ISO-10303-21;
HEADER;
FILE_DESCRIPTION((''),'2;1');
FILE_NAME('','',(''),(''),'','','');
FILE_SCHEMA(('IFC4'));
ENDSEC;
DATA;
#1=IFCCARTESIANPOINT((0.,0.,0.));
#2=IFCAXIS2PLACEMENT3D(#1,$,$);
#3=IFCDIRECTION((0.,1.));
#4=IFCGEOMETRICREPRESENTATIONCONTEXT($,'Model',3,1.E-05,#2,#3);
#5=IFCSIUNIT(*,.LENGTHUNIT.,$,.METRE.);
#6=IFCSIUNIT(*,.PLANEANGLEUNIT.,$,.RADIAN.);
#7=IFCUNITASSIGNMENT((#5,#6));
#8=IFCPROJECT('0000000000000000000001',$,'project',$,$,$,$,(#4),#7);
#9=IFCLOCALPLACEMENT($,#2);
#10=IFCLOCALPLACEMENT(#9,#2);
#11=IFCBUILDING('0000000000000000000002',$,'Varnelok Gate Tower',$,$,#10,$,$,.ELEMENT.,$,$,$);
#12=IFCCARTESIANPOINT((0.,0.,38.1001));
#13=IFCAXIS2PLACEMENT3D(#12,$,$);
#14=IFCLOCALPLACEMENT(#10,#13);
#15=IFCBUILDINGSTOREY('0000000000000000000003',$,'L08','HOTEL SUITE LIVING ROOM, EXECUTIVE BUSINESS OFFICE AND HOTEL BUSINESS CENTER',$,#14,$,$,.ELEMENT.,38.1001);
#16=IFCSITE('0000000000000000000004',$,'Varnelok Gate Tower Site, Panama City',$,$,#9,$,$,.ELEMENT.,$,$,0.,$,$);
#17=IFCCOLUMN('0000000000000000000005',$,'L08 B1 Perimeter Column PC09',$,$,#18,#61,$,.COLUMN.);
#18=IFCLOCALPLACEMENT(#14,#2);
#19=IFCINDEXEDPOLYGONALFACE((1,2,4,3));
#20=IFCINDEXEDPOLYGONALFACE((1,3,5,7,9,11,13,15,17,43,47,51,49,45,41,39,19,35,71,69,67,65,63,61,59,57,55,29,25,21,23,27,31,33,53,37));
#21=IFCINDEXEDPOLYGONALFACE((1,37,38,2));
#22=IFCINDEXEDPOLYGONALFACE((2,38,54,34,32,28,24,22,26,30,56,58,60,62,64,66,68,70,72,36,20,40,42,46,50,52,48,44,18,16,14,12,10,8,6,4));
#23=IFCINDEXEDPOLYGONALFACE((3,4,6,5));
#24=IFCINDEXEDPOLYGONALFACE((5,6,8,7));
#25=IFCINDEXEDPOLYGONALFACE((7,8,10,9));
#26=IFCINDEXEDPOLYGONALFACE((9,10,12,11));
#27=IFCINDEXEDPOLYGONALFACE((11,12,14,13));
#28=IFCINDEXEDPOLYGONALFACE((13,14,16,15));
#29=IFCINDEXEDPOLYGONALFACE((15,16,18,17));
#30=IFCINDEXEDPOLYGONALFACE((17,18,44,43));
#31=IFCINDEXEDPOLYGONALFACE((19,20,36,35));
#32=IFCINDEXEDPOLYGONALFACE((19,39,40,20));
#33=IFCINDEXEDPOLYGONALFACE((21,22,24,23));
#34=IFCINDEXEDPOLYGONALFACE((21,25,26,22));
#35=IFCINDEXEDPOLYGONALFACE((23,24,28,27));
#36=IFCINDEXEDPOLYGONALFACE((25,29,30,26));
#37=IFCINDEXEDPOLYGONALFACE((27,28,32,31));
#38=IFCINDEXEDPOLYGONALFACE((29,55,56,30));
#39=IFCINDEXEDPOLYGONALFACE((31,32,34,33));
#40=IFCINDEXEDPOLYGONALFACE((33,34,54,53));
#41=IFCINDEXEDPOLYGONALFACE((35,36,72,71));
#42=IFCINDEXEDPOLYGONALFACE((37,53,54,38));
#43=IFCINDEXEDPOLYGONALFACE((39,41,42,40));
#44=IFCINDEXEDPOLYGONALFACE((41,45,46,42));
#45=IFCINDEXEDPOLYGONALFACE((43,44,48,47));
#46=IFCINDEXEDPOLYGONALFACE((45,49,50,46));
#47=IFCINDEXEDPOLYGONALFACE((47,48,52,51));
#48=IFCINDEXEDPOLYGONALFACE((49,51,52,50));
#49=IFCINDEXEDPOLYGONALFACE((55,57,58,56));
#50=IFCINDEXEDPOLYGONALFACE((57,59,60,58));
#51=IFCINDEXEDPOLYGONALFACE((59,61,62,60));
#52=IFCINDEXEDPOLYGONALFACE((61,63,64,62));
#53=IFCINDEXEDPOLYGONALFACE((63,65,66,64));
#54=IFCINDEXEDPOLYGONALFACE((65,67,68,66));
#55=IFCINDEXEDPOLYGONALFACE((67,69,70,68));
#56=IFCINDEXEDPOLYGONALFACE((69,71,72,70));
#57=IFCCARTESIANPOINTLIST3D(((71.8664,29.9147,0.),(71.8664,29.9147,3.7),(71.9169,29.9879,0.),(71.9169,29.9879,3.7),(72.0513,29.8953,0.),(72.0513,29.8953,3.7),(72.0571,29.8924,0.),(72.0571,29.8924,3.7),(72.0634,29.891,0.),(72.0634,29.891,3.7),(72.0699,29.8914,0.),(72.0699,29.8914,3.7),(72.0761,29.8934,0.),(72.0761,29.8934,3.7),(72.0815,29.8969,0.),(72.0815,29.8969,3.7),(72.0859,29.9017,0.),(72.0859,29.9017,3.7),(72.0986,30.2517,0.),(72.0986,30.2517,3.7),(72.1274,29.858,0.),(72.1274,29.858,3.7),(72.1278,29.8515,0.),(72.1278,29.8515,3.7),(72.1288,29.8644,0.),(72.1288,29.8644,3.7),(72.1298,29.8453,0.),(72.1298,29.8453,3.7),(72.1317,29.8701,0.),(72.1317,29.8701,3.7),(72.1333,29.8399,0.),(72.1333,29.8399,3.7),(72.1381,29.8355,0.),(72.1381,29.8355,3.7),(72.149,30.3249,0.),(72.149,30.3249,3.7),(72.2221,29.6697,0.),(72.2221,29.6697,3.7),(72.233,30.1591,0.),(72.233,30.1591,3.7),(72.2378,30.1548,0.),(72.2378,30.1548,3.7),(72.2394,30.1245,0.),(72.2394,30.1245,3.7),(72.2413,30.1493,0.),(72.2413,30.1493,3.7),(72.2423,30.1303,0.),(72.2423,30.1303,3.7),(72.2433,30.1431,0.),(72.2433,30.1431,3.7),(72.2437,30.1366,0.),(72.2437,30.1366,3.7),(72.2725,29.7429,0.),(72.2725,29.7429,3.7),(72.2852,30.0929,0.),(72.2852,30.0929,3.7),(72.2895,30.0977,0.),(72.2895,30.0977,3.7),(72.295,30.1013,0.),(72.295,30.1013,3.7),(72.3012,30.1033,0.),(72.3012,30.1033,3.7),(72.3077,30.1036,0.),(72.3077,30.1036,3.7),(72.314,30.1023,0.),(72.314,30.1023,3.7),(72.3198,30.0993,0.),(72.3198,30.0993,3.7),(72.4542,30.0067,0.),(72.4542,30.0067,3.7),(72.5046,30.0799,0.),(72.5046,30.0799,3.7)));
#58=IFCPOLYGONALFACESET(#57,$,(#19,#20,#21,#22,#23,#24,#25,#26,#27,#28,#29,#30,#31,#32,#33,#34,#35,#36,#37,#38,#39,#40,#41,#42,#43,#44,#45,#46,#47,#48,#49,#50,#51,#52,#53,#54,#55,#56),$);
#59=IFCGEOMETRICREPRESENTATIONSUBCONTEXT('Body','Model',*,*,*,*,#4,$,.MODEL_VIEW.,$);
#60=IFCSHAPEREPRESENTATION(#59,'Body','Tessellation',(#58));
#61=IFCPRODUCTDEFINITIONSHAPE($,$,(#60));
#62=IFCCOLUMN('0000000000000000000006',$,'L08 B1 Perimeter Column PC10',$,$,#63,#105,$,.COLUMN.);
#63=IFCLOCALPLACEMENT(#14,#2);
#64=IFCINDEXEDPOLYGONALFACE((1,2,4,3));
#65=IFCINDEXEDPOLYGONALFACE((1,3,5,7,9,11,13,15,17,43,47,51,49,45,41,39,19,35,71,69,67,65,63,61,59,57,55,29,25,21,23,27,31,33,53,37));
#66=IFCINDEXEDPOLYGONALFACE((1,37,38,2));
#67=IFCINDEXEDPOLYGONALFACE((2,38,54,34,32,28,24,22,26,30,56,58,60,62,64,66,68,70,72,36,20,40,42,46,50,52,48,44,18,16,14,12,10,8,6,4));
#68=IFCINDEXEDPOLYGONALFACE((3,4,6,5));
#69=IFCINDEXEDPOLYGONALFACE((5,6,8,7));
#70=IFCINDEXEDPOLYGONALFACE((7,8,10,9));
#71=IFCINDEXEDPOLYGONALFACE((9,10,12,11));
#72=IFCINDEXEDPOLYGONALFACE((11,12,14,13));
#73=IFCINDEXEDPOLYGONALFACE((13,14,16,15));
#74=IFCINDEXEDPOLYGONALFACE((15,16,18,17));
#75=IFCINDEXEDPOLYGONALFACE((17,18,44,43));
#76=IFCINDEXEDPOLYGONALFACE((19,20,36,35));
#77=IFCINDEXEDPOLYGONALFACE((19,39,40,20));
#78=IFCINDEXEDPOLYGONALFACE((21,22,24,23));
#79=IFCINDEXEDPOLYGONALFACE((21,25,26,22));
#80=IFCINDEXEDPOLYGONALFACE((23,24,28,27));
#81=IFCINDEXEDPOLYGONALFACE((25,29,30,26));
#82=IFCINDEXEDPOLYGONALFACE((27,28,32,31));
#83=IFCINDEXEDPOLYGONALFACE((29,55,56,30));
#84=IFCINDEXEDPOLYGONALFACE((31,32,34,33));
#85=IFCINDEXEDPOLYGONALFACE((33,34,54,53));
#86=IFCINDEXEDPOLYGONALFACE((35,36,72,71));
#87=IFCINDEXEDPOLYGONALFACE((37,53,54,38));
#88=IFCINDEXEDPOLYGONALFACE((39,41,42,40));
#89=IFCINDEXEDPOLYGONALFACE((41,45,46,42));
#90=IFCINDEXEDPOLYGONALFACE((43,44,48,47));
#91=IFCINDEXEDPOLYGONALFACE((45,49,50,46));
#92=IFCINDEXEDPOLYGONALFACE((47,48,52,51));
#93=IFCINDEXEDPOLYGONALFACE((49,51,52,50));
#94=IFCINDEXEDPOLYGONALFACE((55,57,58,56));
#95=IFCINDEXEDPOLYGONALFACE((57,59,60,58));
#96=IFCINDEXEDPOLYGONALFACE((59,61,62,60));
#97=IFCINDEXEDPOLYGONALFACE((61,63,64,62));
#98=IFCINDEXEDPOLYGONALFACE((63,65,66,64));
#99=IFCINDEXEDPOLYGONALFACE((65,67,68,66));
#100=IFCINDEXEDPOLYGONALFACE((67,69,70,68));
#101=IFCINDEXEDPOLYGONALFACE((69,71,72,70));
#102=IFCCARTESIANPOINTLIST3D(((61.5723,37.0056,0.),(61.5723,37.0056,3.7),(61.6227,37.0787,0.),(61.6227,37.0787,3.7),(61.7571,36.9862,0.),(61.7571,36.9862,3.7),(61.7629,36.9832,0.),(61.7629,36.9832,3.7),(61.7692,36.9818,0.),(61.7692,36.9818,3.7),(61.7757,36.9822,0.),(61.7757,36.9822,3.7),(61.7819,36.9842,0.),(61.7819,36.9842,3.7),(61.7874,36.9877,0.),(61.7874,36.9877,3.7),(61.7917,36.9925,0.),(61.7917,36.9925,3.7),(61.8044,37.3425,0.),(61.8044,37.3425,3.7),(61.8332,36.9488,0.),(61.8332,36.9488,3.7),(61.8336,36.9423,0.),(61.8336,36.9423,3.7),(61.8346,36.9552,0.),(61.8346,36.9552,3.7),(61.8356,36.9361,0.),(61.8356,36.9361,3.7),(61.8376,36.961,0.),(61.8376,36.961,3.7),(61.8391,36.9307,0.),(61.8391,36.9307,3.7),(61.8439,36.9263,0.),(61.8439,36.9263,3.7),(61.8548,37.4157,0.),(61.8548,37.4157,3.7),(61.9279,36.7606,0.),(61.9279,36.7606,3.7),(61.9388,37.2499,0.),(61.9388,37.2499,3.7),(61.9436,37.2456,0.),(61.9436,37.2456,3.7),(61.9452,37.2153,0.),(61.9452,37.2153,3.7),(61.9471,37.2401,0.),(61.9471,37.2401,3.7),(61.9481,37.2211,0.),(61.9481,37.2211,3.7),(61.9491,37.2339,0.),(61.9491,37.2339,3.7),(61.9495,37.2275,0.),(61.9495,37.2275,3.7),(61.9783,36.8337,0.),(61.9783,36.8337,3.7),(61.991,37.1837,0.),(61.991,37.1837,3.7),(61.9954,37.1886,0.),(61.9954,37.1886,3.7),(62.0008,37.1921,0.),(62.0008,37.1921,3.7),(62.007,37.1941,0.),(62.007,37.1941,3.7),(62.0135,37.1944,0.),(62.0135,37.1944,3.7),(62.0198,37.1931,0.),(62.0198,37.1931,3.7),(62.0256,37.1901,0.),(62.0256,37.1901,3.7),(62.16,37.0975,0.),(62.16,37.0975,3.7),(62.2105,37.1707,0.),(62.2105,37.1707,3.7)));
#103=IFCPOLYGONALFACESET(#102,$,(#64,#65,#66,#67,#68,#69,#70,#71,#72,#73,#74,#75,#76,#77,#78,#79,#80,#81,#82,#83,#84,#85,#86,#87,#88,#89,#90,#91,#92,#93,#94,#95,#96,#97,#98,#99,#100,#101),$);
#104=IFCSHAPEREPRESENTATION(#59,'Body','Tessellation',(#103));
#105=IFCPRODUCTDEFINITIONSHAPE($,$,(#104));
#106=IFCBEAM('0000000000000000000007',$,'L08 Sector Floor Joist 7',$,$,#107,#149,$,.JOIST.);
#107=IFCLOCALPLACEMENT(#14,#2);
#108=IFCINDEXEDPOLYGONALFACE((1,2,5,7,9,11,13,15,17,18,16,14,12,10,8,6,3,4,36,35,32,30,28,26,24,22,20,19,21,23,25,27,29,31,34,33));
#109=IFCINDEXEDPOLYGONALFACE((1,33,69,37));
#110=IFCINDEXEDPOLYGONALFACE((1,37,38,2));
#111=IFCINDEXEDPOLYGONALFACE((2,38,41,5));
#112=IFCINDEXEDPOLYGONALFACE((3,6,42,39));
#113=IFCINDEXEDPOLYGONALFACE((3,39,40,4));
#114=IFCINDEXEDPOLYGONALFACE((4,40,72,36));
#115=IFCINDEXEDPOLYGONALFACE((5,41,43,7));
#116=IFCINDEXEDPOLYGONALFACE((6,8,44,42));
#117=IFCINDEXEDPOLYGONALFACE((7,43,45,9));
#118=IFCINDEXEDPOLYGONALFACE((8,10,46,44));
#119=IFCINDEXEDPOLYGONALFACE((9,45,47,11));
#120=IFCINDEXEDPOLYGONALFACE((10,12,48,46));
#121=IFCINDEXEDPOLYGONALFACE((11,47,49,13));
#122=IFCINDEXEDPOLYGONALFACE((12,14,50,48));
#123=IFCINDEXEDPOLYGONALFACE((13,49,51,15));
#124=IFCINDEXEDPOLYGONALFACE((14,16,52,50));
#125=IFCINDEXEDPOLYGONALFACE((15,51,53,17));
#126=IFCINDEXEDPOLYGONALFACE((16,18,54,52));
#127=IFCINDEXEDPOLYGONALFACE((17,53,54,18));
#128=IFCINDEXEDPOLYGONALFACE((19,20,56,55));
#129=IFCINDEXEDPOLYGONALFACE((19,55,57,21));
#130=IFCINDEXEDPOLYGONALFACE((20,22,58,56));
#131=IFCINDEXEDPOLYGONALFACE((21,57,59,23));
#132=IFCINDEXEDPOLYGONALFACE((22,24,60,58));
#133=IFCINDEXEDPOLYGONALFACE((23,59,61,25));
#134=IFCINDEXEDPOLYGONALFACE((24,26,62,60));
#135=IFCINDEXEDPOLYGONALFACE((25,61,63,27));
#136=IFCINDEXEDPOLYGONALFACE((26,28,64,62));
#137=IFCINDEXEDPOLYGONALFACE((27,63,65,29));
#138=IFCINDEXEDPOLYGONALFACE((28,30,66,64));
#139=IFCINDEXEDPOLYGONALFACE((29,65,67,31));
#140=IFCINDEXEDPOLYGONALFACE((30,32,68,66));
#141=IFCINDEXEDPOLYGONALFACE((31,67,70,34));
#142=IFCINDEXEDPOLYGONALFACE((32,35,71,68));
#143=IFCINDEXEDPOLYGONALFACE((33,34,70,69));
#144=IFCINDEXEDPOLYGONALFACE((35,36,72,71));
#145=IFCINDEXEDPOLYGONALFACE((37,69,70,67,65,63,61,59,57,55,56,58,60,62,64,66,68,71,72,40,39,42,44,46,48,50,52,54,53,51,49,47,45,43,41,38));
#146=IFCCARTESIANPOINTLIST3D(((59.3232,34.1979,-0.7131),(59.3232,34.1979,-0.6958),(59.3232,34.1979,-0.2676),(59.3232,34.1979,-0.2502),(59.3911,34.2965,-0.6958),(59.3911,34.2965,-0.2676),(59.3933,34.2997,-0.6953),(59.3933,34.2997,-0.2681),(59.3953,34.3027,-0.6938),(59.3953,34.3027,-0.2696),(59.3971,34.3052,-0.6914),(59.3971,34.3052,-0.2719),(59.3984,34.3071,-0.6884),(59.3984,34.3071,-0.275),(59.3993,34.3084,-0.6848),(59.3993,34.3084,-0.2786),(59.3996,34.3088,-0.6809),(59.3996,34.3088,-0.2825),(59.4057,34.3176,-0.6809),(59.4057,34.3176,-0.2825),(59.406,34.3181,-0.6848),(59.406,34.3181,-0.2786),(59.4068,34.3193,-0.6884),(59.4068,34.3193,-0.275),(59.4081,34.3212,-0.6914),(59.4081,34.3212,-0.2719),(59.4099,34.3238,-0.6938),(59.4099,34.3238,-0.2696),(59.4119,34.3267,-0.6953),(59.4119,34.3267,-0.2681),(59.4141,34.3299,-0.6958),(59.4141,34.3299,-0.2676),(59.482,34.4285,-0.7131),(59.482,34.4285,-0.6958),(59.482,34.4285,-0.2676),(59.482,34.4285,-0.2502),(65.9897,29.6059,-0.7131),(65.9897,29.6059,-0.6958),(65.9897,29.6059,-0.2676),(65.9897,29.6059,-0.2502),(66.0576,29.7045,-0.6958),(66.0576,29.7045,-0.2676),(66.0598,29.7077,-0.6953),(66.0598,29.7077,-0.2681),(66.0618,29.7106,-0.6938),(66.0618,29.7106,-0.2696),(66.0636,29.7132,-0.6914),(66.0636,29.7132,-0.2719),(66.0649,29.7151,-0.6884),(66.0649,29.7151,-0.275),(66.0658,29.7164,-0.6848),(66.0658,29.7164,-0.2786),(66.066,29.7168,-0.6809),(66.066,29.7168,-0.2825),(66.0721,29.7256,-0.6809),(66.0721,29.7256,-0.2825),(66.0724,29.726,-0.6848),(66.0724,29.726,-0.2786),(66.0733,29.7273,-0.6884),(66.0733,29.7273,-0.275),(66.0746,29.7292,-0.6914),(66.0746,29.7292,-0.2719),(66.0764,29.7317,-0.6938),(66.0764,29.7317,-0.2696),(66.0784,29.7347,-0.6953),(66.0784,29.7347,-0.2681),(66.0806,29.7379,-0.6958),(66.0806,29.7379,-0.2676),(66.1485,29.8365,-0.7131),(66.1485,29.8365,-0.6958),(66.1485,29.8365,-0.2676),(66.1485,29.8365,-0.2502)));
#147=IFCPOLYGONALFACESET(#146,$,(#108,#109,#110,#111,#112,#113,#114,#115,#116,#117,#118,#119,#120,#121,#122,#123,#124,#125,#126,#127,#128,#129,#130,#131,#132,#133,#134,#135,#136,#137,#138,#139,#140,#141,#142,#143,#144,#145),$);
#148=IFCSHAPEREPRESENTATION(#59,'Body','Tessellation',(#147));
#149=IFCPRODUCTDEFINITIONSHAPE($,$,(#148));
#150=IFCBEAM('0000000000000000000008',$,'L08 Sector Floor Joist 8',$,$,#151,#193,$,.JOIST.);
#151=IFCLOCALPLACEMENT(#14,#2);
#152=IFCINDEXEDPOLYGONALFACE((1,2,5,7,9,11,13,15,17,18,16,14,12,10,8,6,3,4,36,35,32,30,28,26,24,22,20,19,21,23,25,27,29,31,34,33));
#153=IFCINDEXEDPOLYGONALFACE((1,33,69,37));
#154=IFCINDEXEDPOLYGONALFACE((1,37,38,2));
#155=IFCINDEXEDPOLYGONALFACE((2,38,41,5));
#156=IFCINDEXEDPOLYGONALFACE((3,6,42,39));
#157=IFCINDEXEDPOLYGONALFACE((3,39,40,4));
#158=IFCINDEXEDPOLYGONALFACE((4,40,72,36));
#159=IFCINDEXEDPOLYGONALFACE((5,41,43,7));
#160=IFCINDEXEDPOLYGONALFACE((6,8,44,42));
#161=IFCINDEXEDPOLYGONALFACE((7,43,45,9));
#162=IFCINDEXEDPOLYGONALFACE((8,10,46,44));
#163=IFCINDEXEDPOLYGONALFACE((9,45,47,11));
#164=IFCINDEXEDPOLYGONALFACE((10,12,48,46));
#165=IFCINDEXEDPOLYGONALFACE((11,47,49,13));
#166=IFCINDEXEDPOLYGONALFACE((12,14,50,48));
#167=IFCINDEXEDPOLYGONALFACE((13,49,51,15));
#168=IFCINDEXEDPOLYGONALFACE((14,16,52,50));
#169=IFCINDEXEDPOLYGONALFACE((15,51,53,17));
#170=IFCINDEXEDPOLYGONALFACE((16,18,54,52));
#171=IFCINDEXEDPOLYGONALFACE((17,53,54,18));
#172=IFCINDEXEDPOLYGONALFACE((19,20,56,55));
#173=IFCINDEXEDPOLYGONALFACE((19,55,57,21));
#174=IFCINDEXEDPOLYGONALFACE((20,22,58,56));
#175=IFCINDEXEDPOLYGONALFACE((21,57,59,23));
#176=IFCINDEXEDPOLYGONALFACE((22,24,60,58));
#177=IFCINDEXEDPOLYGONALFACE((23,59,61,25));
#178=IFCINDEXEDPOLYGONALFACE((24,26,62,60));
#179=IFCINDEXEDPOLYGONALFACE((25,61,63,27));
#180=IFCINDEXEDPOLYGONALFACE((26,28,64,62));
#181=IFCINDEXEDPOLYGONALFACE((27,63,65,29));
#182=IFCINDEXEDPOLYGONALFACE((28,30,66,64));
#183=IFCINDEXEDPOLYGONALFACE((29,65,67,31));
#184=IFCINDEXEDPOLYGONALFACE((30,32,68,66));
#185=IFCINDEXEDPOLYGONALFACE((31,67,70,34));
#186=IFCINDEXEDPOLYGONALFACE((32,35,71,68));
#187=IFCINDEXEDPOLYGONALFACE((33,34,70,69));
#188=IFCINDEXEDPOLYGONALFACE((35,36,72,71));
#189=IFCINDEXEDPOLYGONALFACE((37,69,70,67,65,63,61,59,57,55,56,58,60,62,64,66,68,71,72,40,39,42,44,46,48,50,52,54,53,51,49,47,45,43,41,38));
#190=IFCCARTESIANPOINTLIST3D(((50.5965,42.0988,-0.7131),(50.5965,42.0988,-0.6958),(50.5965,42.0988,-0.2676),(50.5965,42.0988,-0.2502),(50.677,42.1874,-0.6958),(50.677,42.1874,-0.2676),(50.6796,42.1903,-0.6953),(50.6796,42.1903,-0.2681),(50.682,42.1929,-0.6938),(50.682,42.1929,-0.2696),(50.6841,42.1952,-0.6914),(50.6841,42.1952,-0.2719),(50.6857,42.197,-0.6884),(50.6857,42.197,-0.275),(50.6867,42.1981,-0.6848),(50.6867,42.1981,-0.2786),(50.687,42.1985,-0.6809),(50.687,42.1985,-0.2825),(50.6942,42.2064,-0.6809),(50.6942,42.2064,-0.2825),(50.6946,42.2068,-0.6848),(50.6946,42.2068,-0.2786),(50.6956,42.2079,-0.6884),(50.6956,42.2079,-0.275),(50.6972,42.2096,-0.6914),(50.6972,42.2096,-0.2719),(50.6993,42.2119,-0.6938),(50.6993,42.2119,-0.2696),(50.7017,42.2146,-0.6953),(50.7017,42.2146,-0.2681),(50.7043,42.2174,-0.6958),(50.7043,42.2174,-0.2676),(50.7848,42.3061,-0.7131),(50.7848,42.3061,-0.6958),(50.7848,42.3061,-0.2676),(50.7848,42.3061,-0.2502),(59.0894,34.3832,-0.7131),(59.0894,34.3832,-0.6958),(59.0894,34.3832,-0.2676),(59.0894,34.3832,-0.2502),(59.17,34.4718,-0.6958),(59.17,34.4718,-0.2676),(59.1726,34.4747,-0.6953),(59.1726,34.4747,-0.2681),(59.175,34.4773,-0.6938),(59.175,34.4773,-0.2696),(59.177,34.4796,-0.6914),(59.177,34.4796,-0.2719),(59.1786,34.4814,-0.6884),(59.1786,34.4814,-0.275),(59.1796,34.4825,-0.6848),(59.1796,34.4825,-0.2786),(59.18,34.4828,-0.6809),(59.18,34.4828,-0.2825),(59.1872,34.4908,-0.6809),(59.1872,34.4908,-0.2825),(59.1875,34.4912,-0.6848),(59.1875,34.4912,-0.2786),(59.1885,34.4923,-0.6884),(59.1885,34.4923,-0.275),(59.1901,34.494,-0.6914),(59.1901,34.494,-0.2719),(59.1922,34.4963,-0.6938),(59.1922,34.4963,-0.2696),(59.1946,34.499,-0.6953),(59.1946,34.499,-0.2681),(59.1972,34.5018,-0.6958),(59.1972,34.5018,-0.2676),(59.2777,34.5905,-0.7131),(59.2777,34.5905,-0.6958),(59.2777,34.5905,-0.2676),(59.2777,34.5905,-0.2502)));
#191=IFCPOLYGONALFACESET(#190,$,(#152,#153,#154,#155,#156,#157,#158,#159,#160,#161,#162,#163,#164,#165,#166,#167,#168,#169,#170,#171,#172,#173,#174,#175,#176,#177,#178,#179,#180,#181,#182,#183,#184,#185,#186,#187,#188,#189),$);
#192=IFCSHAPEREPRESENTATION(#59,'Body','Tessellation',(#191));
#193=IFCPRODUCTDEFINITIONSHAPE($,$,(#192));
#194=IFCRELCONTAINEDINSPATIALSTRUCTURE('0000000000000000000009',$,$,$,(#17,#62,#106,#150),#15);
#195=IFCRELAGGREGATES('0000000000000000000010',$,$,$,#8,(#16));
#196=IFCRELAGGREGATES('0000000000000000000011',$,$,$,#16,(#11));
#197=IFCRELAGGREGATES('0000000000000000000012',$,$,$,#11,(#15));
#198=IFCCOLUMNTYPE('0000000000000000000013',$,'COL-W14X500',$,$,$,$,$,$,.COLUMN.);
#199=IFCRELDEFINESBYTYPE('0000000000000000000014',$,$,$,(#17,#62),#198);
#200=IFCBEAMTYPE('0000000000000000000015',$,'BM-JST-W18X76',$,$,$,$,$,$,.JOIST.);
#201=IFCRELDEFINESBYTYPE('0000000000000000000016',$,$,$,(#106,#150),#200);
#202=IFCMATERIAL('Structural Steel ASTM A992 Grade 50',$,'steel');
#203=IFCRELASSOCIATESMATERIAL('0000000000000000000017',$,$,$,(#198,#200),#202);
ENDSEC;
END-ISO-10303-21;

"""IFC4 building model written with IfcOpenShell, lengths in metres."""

from ifc_helpers import new_model, si_unit, direction, frame, origin, origin_2d, place, context, subcontext, project, spatial, i_section, extrude, material, material_profile, profile_set, type_object, element, save


model = new_model("IFC4")

# Units and contexts
model_context = context("Model", 3, precision=1e-05, world=origin(), true_north=direction((0.0, 1.0)))
body_context = subcontext(model_context, "Body", "Model", "MODEL_VIEW")
ifc_project = project(units=[si_unit("LENGTHUNIT", "METRE"), si_unit("PLANEANGLEUNIT", "RADIAN")], contexts=[model_context])

# Site, building, storey
site_placement = place(None, origin())
site = spatial("IfcSite", under=ifc_project, at=site_placement, Name="Varnelok Gate Tower Site, Panama City", CompositionType="ELEMENT", RefElevation=0.0)
building_placement = place(site_placement, origin())
building = spatial("IfcBuilding", under=site, at=building_placement, Name="Varnelok Gate Tower", CompositionType="ELEMENT")
storey_placement = place(building_placement, frame((0.0, 0.0, 38.1001)))
storey = spatial("IfcBuildingStorey", under=building, at=storey_placement, Name="L08", Description="HOTEL SUITE LIVING ROOM, EXECUTIVE BUSINESS OFFICE AND HOTEL BUSINESS CENTER", CompositionType="ELEMENT", Elevation=38.1001)

# Columns
ifc_material_1 = material(Name="Structural Steel ASTM A992 Grade 50", Category="steel")
ifc_material_profile_1 = material_profile(ifc_material_1, i_section(OverallWidth=0.4319, OverallDepth=0.498, WebThickness=0.0557, FlangeThickness=0.0889, FilletRadius=0.0249, at=origin_2d()), Name="W14X500")
ifc_profile_set_1 = profile_set([ifc_material_profile_1], Name="Structural Steel ASTM A992 Grade 50")
column_type = type_object("IfcColumnType", Name="COL-W14X500", PredefinedType="COLUMN", material=ifc_profile_set_1)
for number, where, z_axis, x_axis, name in (
    (1, (72.1855, 29.9973, 0.0), (0.0, 0.0, 1.0), (0.823533, -0.567269, 0.0), "L08 B1 Perimeter Column PC09"),
    (2, (61.8914, 37.0881, 0.0), (0.0, 0.0, 1.0), (0.823533, -0.567269, 0.0), "L08 B1 Perimeter Column PC10"),
):
    element("IfcColumn", number, at=place(storey_placement, frame(where, z_axis=z_axis, x_axis=x_axis)), inside=storey, type_object=column_type, Name=name, PredefinedType="COLUMN", context=body_context, shape_type="SweptSolid", body=[
        extrude(i_section(OverallWidth=0.4319, OverallDepth=0.498, WebThickness=0.0557, FlangeThickness=0.0889, FilletRadius=0.0249, at=origin_2d()), origin(), (0.0, 0.0, 1.0), 3.7),
    ])

# Beams
ifc_material_profile_2 = material_profile(ifc_material_1, i_section(OverallWidth=0.28, OverallDepth=0.4629, WebThickness=0.0107, FlangeThickness=0.0173, FilletRadius=0.0149, at=origin_2d()), Name="W18X76")
ifc_profile_set_2 = profile_set([ifc_material_profile_2], Name="Structural Steel ASTM A992 Grade 50")
beam_type_1 = type_object("IfcBeamType", Name="BM-JST-W18X76", PredefinedType="JOIST", material=ifc_profile_set_2)
beam_1_placement = place(storey_placement, frame((66.0691, 29.7212, -0.4817), z_axis=(-0.823533, 0.567268, 0.0), x_axis=(-0.567268, -0.823533, 0.0)))
element("IfcBeam", 3, at=beam_1_placement, inside=storey, type_object=beam_type_1, Name="L08 Sector Floor Joist 7", PredefinedType="JOIST", context=body_context, shape_type="SweptSolid", body=[
    extrude(i_section(OverallWidth=0.28, OverallDepth=0.4629, WebThickness=0.0107, FlangeThickness=0.0173, FilletRadius=0.0149, at=origin_2d()), origin(), (0.0, 0.0, 1.0), 8.095),
])
beam_2_placement = place(storey_placement, frame((59.1836, 34.4868, -0.4817), z_axis=(-0.740168, 0.672422, 0.0), x_axis=(-0.672422, -0.740168, 0.0)))
element("IfcBeam", 4, at=beam_2_placement, inside=storey, type_object=beam_type_1, Name="L08 Sector Floor Joist 8", PredefinedType="JOIST", context=body_context, shape_type="SweptSolid", body=[
    extrude(i_section(OverallWidth=0.28, OverallDepth=0.4629, WebThickness=0.0107, FlangeThickness=0.0173, FilletRadius=0.0149, at=origin_2d()), origin(), (0.0, 0.0, 1.0), 11.4744),
])

save(model, "model.ifc")
